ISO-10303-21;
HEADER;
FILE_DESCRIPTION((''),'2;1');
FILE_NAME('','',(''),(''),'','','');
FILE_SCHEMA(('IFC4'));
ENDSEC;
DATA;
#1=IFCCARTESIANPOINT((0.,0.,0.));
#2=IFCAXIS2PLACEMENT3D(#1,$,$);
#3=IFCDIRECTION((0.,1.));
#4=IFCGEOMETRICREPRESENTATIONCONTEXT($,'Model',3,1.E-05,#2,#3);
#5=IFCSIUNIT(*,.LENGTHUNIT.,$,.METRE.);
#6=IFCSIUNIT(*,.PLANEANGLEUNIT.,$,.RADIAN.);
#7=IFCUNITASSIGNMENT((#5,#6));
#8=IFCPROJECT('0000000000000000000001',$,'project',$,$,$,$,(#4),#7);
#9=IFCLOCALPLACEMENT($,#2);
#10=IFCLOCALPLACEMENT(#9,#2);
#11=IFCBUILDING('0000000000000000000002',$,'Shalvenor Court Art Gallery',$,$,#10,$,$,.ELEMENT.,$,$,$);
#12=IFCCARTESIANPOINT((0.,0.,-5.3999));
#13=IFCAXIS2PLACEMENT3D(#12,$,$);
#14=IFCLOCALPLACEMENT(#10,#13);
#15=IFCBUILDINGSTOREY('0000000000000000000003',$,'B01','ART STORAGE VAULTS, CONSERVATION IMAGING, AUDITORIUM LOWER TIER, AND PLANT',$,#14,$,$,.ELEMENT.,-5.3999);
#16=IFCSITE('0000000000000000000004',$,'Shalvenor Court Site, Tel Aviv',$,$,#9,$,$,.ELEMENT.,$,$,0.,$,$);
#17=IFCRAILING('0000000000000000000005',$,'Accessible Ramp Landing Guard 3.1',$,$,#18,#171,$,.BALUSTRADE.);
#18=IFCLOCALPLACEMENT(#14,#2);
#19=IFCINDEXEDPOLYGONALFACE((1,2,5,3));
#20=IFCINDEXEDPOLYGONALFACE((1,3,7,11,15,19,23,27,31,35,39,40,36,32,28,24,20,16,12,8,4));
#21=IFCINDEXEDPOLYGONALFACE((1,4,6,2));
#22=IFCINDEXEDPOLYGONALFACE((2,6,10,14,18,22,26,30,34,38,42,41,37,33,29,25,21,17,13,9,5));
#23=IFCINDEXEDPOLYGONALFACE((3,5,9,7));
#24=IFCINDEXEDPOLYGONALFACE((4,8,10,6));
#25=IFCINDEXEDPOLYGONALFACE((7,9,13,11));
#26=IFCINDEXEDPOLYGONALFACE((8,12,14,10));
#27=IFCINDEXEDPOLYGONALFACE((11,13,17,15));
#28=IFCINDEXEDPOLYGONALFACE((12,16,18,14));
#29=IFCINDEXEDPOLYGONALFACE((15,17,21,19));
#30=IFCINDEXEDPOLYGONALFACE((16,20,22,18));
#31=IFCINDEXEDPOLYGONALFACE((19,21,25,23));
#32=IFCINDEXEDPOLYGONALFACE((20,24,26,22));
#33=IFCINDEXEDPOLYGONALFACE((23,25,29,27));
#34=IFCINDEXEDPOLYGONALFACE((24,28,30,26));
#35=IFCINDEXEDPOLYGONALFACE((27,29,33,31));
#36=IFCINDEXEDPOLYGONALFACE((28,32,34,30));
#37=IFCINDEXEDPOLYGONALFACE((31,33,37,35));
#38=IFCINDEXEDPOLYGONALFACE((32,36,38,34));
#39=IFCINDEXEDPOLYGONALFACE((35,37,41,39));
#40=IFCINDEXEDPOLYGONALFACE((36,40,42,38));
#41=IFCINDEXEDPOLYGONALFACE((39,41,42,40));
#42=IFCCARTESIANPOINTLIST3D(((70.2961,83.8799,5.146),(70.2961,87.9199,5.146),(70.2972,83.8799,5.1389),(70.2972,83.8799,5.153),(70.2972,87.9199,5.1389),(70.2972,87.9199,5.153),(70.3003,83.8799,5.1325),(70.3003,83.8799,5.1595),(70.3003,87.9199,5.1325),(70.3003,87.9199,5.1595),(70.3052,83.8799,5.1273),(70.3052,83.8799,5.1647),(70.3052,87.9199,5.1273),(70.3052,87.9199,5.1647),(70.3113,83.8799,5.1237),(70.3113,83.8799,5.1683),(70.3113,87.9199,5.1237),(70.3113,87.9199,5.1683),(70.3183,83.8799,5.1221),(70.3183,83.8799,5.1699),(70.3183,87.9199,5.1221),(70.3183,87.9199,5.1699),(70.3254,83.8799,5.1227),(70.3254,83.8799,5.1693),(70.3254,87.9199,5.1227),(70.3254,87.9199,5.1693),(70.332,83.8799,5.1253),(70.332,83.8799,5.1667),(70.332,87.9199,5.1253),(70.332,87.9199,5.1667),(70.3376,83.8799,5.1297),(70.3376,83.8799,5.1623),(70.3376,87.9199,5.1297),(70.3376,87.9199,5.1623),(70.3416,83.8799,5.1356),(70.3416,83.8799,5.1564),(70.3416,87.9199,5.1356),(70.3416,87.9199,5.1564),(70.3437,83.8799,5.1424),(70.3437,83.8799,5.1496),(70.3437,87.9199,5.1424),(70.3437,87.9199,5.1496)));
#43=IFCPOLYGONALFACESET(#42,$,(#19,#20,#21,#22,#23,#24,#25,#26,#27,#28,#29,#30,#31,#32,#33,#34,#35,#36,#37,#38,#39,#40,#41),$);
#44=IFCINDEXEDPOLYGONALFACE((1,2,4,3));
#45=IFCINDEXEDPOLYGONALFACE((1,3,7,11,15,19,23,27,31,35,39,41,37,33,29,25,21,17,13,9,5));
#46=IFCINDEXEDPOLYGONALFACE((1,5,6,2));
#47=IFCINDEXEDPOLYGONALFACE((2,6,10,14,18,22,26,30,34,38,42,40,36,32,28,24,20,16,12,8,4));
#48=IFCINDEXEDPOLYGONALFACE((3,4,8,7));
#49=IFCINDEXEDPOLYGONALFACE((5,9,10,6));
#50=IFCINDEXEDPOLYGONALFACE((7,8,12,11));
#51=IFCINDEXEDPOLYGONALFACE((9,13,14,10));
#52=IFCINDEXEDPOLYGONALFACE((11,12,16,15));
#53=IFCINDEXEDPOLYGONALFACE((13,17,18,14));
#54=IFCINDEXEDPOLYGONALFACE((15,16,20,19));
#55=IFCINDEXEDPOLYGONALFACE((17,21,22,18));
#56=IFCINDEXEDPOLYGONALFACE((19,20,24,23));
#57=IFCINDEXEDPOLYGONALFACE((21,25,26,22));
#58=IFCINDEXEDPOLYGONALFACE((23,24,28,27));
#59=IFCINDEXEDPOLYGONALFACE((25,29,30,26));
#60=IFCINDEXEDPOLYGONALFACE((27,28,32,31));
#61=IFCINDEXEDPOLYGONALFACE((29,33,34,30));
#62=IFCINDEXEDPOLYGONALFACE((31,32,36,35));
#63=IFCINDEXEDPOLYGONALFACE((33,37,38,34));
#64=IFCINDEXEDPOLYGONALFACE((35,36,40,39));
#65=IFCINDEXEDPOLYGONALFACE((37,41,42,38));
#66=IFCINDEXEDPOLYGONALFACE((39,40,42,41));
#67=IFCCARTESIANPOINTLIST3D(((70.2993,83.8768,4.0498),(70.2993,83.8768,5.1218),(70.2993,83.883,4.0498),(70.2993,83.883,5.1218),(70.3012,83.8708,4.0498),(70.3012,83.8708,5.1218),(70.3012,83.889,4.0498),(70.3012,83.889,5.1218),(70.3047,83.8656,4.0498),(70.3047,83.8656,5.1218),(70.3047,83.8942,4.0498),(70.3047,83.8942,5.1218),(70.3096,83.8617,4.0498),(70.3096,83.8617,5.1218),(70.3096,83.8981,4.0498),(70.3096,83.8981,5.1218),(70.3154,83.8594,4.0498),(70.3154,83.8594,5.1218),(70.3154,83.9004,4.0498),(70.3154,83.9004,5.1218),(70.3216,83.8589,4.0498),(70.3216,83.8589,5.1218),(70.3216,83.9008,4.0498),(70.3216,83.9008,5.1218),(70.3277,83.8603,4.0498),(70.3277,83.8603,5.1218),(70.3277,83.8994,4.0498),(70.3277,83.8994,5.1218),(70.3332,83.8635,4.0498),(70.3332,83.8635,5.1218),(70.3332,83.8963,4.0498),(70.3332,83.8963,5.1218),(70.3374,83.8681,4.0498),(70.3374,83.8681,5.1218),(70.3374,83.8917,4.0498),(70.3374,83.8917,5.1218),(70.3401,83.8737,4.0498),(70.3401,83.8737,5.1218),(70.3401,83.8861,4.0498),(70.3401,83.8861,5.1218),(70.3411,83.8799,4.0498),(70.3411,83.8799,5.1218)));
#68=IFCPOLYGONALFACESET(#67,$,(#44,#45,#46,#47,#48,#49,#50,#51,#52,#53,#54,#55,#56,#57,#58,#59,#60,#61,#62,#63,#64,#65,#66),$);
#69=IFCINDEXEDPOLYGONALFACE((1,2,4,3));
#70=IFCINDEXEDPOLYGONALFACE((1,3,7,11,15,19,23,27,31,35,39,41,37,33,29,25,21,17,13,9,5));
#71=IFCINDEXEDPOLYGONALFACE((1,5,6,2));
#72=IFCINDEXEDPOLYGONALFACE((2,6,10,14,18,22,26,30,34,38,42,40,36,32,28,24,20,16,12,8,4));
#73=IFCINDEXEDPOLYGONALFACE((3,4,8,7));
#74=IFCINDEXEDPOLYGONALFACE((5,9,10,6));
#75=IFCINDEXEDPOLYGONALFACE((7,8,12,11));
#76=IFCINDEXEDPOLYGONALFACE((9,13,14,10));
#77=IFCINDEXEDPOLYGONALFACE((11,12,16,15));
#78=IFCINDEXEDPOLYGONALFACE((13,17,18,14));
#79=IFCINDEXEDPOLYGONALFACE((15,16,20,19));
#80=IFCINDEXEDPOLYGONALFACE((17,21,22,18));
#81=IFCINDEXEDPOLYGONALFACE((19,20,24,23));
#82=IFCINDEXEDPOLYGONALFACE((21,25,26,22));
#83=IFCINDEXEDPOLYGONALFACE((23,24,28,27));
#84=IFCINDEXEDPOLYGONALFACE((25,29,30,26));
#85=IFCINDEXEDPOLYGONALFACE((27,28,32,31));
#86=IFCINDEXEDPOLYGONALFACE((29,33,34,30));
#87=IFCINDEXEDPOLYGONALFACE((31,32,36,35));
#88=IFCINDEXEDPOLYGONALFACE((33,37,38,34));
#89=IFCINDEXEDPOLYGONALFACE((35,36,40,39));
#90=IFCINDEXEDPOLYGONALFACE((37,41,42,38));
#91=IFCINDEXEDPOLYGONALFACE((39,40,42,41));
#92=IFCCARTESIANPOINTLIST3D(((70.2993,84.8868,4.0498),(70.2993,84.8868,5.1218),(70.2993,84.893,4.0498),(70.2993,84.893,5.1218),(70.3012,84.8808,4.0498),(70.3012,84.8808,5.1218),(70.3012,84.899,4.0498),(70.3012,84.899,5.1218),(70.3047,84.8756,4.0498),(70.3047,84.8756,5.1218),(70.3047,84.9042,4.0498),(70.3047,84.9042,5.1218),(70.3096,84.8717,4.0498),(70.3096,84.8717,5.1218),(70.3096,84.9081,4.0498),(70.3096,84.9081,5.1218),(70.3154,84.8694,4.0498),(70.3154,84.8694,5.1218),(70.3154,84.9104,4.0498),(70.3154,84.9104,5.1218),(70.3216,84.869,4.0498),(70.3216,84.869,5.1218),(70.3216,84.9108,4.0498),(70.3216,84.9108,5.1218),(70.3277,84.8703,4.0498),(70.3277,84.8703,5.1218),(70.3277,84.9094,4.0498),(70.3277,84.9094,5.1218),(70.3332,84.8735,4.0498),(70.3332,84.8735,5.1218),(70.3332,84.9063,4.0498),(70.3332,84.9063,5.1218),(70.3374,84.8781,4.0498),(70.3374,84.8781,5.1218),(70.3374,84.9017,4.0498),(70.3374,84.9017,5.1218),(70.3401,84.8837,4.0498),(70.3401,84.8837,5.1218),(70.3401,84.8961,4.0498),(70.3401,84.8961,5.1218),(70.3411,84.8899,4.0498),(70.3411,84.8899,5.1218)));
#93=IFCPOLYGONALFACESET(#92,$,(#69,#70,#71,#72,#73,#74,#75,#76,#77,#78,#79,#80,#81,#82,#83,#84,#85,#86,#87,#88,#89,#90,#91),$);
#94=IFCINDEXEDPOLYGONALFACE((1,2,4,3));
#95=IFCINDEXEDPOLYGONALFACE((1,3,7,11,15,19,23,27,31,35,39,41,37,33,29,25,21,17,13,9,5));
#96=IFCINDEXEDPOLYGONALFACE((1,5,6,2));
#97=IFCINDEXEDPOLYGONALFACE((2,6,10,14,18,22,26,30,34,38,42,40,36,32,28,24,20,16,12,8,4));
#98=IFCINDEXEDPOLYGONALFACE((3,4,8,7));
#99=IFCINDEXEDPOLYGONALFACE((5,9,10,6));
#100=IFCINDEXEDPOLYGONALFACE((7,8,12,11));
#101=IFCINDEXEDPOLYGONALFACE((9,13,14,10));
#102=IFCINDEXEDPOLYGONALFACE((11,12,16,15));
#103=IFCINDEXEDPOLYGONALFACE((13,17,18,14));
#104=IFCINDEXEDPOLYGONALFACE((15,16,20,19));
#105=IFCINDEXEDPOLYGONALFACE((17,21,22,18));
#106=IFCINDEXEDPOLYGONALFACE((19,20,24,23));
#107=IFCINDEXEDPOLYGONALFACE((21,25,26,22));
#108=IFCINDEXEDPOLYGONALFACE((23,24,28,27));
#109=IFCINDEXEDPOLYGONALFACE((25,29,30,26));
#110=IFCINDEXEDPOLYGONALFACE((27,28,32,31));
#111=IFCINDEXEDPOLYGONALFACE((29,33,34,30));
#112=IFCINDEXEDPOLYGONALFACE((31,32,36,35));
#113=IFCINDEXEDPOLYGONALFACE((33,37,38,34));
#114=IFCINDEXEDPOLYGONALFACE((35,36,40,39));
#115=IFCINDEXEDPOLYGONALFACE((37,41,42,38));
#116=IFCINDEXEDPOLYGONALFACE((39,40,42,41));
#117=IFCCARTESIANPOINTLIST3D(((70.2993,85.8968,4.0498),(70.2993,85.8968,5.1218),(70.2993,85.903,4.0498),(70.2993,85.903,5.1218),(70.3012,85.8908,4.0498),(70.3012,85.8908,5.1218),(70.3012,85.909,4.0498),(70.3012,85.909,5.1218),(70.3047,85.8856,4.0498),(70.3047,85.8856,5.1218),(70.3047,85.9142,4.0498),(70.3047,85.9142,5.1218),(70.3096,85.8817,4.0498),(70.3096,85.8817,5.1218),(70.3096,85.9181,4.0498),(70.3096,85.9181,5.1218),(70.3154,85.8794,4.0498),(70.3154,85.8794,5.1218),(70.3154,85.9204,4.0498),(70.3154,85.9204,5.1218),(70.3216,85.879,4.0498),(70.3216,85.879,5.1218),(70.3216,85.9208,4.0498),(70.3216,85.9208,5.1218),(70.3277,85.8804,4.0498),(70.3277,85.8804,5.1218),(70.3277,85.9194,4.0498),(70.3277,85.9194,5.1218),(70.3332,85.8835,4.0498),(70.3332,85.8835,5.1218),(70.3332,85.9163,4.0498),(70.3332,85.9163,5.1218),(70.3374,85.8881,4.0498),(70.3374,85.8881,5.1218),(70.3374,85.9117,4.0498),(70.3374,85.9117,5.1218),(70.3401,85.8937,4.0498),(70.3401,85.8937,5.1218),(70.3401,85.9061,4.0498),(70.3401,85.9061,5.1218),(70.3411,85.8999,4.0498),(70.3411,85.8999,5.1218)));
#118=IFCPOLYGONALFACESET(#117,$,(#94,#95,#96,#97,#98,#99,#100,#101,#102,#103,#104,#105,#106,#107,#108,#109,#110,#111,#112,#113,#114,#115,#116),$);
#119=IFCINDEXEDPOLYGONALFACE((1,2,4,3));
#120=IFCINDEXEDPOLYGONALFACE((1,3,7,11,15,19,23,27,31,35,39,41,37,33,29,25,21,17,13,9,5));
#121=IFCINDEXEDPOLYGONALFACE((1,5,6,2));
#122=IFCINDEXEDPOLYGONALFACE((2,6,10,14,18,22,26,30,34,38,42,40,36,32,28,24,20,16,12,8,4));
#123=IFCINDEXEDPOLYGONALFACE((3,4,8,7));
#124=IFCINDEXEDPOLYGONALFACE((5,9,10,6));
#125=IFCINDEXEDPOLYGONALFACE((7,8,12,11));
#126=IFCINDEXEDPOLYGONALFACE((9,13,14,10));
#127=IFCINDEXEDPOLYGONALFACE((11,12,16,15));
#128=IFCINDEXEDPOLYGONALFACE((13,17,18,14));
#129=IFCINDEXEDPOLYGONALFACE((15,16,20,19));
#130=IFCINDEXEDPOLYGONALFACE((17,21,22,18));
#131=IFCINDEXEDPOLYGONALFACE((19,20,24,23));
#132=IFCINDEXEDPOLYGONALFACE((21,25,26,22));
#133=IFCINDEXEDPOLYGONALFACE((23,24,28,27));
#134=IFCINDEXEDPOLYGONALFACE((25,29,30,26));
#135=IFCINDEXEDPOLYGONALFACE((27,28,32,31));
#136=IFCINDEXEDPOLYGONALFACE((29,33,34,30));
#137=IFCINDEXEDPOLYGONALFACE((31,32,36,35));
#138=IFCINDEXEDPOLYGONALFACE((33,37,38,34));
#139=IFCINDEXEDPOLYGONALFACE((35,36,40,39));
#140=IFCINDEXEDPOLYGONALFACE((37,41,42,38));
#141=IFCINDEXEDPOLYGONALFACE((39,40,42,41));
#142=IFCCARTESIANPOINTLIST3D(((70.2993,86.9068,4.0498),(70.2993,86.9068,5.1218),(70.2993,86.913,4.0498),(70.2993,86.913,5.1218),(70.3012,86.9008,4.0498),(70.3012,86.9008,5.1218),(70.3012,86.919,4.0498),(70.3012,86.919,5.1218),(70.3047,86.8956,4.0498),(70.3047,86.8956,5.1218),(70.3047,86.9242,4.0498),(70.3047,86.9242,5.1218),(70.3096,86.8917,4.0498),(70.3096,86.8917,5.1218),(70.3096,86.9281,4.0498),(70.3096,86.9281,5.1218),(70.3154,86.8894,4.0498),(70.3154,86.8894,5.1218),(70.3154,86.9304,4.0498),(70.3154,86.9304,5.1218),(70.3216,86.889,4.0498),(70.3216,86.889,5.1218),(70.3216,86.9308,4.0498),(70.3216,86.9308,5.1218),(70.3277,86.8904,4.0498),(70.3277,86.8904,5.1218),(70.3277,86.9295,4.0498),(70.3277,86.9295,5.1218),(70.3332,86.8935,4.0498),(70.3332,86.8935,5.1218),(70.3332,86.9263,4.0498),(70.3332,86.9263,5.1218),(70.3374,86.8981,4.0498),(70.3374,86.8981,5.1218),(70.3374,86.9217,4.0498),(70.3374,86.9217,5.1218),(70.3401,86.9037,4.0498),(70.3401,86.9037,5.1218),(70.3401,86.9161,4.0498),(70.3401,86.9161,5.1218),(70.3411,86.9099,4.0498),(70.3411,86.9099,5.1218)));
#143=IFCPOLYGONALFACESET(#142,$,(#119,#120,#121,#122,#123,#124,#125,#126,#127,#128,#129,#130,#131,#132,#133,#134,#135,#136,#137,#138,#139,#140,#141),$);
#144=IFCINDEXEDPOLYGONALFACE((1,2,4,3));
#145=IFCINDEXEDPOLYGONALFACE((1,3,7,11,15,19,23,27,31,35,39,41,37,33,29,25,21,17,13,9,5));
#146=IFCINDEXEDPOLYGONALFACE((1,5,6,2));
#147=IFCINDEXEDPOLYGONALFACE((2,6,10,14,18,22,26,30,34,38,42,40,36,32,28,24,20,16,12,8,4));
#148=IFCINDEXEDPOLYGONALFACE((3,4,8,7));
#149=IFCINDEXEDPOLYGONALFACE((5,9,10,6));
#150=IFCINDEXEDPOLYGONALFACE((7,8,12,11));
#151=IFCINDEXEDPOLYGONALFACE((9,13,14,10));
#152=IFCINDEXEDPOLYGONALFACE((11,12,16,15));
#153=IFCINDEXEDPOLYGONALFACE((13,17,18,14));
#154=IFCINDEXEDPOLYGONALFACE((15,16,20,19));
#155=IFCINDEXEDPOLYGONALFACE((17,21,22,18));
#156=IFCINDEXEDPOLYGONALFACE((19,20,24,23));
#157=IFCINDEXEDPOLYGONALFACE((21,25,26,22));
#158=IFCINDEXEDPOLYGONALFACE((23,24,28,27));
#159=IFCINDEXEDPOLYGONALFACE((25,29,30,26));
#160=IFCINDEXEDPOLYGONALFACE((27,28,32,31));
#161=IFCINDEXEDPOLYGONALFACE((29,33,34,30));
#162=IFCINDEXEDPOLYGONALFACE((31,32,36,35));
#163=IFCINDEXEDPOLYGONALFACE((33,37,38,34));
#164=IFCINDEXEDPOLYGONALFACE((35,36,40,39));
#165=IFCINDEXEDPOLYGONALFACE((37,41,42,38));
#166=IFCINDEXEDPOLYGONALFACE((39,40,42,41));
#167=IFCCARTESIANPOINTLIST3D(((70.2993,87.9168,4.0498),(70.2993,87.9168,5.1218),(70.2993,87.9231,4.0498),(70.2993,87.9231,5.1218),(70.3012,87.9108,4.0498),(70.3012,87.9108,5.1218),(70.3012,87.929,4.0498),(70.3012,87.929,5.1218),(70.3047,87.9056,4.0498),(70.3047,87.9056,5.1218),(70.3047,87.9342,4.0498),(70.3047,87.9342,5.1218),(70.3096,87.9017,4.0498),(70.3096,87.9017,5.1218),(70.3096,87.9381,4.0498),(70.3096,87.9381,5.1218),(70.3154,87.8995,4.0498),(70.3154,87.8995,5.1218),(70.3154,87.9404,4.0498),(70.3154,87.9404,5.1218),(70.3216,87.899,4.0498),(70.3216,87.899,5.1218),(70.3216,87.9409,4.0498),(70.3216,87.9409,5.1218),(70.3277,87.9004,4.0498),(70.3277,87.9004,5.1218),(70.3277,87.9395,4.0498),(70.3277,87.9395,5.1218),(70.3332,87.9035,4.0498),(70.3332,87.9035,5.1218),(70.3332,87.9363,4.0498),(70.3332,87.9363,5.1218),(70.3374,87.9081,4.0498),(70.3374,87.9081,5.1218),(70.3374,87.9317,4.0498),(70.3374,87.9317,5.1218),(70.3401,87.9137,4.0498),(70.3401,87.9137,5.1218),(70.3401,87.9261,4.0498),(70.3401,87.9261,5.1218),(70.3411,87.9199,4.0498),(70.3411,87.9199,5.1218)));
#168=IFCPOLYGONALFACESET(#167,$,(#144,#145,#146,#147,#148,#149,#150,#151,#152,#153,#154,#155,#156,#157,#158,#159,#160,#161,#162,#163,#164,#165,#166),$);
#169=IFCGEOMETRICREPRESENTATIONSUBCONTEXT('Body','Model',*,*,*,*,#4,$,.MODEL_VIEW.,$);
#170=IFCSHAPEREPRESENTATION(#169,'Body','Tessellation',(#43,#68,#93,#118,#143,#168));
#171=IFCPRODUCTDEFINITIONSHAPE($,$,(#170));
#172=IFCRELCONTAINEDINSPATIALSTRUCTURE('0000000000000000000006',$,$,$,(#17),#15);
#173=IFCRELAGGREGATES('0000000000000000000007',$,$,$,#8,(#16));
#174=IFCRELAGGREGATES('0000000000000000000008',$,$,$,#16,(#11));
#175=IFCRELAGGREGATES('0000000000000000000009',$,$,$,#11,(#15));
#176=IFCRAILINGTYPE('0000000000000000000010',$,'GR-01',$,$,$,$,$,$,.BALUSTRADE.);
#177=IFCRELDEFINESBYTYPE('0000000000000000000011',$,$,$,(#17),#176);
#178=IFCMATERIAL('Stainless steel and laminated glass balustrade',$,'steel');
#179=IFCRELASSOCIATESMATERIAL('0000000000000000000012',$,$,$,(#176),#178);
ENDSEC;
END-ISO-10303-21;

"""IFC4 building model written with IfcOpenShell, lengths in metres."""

from ifc_helpers import new_model, si_unit, direction, frame, origin, origin_2d, place, context, subcontext, project, spatial, circle, extrude, material, type_object, element, save


model = new_model("IFC4")

# Units and contexts
model_context = context("Model", 3, precision=1e-05, world=origin(), true_north=direction((0.0, 1.0)))
body_context = subcontext(model_context, "Body", "Model", "MODEL_VIEW")
ifc_project = project(units=[si_unit("LENGTHUNIT", "METRE"), si_unit("PLANEANGLEUNIT", "RADIAN")], contexts=[model_context])

# Site, building, storey
site_placement = place(None, origin())
site = spatial("IfcSite", under=ifc_project, at=site_placement, Name="Shalvenor Court Site, Tel Aviv", CompositionType="ELEMENT", RefElevation=0.0)
building_placement = place(site_placement, origin())
building = spatial("IfcBuilding", under=site, at=building_placement, Name="Shalvenor Court Art Gallery", CompositionType="ELEMENT")
storey_placement = place(building_placement, frame((0.0, 0.0, -5.3999)))
storey = spatial("IfcBuildingStorey", under=building, at=storey_placement, Name="B01", Description="ART STORAGE VAULTS, CONSERVATION IMAGING, AUDITORIUM LOWER TIER, AND PLANT", CompositionType="ELEMENT", Elevation=-5.3999)

# Railing
ifc_material_1 = material(Name="Stainless steel and laminated glass balustrade", Category="steel")
railing_type_1 = type_object("IfcRailingType", Name="GR-01", PredefinedType="BALUSTRADE", material=ifc_material_1)
railing_1_placement = place(storey_placement, frame((70.3201, 83.8799, 4.0498)))
element("IfcRailing", 1, at=railing_1_placement, inside=storey, type_object=railing_type_1, Name="Accessible Ramp Landing Guard 3.1", PredefinedType="BALUSTRADE", context=body_context, shape_type="SweptSolid", body=[
    extrude(circle(Radius=0.0239, at=origin_2d()), frame((0.0, 0.0, 1.0962), z_axis=(0.0, 1.0, 0.0), x_axis=(-1.0, 0.0, 0.0)), (0.0, 0.0, 1.0), 4.04),
    extrude(circle(Radius=0.021, at=origin_2d()), origin(), (0.0, 0.0, 1.0), 1.072),
    extrude(circle(Radius=0.021, at=origin_2d()), frame((0.0, 1.01, 0.0)), (0.0, 0.0, 1.0), 1.072),
    extrude(circle(Radius=0.021, at=origin_2d()), frame((0.0, 2.02, 0.0)), (0.0, 0.0, 1.0), 1.072),
    extrude(circle(Radius=0.021, at=origin_2d()), frame((0.0, 3.03, 0.0)), (0.0, 0.0, 1.0), 1.072),
    extrude(circle(Radius=0.021, at=origin_2d()), frame((0.0, 4.04, 0.0)), (0.0, 0.0, 1.0), 1.072),
])

save(model, "model.ifc")
